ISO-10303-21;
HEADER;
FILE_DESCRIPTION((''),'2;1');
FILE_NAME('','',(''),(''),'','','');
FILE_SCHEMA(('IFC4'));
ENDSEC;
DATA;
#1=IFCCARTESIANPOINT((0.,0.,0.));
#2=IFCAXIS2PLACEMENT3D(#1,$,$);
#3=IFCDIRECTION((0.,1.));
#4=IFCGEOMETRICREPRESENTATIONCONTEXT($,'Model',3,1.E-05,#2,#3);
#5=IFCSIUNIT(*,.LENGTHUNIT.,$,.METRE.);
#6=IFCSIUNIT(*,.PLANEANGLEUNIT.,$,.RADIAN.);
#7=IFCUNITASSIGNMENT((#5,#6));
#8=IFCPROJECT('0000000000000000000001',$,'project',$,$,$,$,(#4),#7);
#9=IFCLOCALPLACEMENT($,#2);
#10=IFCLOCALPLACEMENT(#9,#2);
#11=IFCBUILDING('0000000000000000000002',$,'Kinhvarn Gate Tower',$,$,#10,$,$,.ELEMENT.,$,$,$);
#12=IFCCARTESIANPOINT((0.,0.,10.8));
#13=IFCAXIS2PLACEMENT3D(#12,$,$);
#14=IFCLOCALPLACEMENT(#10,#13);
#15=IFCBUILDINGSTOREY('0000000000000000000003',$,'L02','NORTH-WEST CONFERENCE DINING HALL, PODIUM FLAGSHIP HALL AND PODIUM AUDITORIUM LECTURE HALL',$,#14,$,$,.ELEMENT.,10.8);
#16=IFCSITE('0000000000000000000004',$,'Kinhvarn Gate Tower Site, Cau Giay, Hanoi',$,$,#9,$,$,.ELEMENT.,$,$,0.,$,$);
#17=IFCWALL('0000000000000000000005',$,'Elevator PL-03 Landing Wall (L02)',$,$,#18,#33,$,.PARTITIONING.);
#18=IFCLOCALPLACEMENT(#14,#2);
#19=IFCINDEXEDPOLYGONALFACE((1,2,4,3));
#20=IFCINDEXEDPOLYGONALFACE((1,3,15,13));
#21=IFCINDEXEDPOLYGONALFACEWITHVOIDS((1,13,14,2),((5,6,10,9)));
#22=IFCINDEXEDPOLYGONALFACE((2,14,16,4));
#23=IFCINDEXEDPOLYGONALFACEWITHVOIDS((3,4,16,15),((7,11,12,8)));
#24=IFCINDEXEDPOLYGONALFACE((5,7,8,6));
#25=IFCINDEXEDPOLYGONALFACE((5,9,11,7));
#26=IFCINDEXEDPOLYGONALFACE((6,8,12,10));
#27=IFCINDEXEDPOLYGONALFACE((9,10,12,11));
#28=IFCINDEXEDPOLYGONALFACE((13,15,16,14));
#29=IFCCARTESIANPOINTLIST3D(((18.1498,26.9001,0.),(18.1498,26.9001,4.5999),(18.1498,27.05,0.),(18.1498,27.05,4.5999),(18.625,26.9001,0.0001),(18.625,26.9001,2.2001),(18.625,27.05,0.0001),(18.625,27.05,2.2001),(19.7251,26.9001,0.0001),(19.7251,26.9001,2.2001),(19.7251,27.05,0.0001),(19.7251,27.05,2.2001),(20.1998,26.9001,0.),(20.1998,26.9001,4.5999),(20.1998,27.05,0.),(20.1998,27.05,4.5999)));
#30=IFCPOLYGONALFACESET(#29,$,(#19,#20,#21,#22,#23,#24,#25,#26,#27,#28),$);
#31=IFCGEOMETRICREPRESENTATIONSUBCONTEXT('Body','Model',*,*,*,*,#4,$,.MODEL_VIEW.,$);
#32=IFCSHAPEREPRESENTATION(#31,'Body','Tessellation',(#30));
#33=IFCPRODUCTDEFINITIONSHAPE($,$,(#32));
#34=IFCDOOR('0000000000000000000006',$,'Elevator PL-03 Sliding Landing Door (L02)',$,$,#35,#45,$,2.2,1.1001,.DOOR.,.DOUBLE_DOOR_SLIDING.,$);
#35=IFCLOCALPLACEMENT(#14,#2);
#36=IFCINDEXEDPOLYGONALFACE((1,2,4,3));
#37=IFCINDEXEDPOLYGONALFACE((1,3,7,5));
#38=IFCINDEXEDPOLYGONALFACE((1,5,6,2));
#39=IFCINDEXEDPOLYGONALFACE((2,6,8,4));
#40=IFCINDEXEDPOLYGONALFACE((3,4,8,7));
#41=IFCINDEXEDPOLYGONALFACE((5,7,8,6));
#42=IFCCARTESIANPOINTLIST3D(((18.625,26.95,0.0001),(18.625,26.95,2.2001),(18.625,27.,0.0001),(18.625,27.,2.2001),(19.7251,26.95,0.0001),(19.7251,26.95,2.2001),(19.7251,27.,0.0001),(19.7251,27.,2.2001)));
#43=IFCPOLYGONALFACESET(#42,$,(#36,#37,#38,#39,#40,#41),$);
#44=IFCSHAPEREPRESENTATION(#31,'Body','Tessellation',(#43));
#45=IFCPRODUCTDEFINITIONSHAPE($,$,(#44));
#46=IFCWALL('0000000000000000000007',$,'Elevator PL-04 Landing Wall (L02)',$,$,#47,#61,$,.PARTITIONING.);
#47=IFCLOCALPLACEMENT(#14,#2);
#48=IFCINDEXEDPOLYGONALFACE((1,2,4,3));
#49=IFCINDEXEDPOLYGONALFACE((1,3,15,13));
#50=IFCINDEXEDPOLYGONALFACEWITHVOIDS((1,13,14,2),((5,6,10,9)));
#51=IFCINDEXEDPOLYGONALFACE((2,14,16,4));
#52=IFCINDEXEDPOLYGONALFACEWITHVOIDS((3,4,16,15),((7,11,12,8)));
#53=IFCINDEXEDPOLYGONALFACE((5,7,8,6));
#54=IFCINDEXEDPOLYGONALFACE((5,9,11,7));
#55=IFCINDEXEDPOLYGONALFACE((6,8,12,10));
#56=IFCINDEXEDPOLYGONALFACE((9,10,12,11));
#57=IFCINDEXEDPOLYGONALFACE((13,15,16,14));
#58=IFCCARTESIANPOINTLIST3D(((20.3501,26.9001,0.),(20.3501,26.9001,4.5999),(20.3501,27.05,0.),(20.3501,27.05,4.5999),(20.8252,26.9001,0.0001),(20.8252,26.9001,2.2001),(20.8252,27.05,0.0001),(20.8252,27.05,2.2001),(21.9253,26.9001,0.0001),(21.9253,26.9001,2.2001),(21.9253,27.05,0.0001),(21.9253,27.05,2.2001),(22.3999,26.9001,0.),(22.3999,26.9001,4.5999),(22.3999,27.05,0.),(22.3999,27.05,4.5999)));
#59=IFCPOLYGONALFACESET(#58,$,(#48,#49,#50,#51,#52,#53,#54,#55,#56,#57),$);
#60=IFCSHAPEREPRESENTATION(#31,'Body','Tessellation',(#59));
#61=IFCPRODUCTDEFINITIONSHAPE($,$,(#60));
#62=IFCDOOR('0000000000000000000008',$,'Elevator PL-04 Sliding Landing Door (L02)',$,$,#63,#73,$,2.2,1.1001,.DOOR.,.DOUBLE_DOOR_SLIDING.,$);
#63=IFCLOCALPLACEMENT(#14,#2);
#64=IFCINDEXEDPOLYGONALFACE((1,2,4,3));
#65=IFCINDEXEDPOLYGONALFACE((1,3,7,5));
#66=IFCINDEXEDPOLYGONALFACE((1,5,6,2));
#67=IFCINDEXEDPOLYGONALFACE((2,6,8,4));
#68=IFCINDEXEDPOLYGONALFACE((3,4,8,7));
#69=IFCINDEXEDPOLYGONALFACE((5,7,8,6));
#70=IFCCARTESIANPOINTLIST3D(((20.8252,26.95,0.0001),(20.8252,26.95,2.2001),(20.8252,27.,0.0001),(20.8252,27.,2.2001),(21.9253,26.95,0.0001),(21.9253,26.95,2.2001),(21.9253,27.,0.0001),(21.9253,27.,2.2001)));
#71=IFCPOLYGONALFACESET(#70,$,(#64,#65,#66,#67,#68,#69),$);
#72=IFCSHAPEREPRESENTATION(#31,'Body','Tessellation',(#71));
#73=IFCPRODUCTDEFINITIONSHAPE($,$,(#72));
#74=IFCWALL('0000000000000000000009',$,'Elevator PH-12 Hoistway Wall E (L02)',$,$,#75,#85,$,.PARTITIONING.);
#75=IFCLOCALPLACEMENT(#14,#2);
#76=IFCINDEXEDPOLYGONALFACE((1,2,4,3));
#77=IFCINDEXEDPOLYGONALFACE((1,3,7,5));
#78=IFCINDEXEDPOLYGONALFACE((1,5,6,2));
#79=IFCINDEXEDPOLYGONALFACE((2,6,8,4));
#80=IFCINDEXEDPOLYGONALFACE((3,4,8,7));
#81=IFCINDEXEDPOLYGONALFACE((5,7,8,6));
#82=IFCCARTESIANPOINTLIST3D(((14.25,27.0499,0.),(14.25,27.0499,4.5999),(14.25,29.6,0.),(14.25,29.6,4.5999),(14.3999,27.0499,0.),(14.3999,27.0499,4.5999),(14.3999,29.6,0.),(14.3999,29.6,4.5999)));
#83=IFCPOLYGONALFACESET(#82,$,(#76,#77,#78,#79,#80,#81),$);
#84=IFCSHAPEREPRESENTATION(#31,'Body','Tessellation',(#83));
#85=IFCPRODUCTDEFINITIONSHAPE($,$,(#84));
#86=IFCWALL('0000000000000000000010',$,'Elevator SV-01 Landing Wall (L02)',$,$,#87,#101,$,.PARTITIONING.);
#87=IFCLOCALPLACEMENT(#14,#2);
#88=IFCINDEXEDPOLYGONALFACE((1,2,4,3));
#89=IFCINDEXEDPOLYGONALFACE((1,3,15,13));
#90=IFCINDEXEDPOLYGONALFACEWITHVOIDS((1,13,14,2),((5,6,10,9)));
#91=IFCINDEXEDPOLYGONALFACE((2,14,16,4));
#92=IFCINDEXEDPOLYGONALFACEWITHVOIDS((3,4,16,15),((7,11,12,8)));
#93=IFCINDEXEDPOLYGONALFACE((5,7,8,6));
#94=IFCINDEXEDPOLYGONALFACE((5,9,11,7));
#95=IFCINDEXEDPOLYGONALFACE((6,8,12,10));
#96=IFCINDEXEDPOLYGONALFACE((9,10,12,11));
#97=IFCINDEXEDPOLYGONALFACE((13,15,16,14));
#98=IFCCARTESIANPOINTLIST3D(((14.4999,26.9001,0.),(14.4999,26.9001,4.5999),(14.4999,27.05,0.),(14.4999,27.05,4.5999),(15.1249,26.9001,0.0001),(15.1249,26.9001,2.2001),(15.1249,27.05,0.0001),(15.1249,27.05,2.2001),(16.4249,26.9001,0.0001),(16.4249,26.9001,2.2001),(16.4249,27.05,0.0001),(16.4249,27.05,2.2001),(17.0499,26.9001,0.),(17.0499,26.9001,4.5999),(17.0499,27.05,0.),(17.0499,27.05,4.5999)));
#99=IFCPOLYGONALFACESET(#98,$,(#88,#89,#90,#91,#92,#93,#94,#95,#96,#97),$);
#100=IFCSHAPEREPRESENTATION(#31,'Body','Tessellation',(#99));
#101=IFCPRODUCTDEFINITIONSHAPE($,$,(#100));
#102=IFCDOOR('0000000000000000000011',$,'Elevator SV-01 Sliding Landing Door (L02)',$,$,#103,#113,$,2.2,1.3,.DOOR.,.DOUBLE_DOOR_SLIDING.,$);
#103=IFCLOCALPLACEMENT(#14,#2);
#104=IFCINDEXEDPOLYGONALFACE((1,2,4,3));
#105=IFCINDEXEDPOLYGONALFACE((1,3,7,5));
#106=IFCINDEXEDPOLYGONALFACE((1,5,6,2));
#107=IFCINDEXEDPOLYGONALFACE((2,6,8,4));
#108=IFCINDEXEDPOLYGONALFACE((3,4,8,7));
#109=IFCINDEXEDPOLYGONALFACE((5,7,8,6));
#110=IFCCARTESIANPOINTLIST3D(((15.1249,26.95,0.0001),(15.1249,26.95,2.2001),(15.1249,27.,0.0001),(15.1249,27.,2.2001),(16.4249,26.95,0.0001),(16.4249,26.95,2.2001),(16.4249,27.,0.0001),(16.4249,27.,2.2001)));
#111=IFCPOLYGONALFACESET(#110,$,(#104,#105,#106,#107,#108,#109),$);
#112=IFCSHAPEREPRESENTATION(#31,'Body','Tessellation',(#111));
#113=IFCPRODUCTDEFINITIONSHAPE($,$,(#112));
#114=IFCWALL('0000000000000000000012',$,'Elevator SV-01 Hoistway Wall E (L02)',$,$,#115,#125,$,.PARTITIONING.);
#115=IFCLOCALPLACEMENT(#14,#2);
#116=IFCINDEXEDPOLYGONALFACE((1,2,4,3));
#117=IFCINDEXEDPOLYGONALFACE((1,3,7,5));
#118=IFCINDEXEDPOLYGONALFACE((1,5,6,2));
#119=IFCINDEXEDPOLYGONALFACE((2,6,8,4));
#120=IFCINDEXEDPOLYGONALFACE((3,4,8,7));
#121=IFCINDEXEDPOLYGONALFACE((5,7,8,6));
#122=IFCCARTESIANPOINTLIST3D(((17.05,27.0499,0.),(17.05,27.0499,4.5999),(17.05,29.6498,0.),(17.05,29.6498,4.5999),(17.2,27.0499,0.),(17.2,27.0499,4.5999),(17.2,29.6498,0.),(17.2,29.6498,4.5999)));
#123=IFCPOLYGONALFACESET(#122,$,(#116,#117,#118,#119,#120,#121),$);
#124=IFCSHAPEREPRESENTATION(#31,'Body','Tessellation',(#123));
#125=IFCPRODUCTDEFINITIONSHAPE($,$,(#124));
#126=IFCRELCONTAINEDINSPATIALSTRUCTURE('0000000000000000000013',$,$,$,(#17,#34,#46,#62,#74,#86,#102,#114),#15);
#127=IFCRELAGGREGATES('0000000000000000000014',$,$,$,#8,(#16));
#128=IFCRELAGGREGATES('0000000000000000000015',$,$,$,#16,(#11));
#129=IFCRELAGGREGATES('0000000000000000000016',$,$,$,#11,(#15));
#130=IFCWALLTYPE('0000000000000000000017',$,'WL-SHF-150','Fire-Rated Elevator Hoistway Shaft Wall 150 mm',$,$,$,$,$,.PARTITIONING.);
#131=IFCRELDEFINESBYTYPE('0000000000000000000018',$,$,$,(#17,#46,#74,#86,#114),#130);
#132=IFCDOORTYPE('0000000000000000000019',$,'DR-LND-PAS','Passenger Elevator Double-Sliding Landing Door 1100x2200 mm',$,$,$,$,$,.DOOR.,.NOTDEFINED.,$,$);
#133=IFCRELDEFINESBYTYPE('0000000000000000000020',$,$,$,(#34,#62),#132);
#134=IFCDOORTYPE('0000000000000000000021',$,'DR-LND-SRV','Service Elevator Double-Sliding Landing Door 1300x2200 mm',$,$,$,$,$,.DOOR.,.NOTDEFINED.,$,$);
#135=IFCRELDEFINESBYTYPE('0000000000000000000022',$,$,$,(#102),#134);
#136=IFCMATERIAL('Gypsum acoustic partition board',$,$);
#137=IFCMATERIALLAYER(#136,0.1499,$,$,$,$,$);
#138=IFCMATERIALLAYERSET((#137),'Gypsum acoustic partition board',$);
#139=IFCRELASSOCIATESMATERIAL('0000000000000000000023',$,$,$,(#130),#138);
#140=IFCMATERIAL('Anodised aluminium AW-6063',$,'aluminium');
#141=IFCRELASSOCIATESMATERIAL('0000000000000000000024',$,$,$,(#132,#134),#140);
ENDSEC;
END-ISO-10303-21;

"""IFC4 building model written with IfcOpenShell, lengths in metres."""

from ifc_helpers import new_model, si_unit, direction, frame, frame_2d, origin, place, context, subcontext, project, spatial, rectangle, extrude, material, layer, layer_set, type_object, element, fill, save


model = new_model("IFC4")

# Units and contexts
model_context = context("Model", 3, precision=1e-05, world=origin(), true_north=direction((0.0, 1.0)))
body_context = subcontext(model_context, "Body", "Model", "MODEL_VIEW")
ifc_project = project(units=[si_unit("LENGTHUNIT", "METRE"), si_unit("PLANEANGLEUNIT", "RADIAN")], contexts=[model_context])

# Site, building, storey
site_placement = place(None, origin())
site = spatial("IfcSite", under=ifc_project, at=site_placement, Name="Kinhvarn Gate Tower Site, Cau Giay, Hanoi", CompositionType="ELEMENT", RefElevation=0.0)
building_placement = place(site_placement, origin())
building = spatial("IfcBuilding", under=site, at=building_placement, Name="Kinhvarn Gate Tower", CompositionType="ELEMENT")
storey_placement = place(building_placement, frame((0.0, 0.0, 10.8)))
storey = spatial("IfcBuildingStorey", under=building, at=storey_placement, Name="L02", Description="NORTH-WEST CONFERENCE DINING HALL, PODIUM FLAGSHIP HALL AND PODIUM AUDITORIUM LECTURE HALL", CompositionType="ELEMENT", Elevation=10.8)

# Shared definitions
ifc_material_1 = material(Name="Gypsum acoustic partition board")

# Shared definitions
ifc_layer_1 = layer(ifc_material_1, 0.1499)
ifc_layer_set_1 = layer_set([ifc_layer_1], Name="Gypsum acoustic partition board")
wall_type_1 = type_object("IfcWallType", Name="WL-SHF-150", Description="Fire-Rated Elevator Hoistway Shaft Wall 150 mm", PredefinedType="PARTITIONING", material=ifc_layer_set_1)
ifc_material_2 = material(Name="Anodised aluminium AW-6063", Category="aluminium")
door_type_1 = type_object("IfcDoorType", Name="DR-LND-PAS", Description="Passenger Elevator Double-Sliding Landing Door 1100x2200 mm", OperationType="NOTDEFINED", PredefinedType="DOOR", material=ifc_material_2)

# Walls, openings, doors
wall_1_placement = place(storey_placement, frame((18.1499, 26.9751, 0.0), z_axis=(0.0, 0.0, 1.0), x_axis=(1.0, 0.0, 0.0)))
wall_1 = element("IfcWall", 1, at=wall_1_placement, inside=storey, type_object=wall_type_1, Name="Elevator PL-03 Landing Wall (L02)", PredefinedType="PARTITIONING", context=body_context, shape_type="SweptSolid", body=[
    extrude(rectangle(XDim=2.05, YDim=0.1499, at=frame_2d((1.0249, 0.0))), origin(), (0.0, 0.0, 1.0), 4.5999),
])
opening_1_placement = place(wall_1_placement, frame((0.4751, 0.0, 0.0)))
opening_1 = element("IfcOpeningElement", 2, at=opening_1_placement, cuts=wall_1, PredefinedType="OPENING", context=body_context, shape_type="SweptSolid", body=[
    extrude(rectangle(XDim=1.1001, YDim=2.2, at=frame_2d((0.55, 1.1001))), frame((0.0, 0.085, 0.0), z_axis=(0.0, -1.0, 0.0), x_axis=(1.0, 0.0, 0.0)), (0.0, 0.0, 1.0), 0.1699),
])
door_1_placement = place(opening_1_placement, origin())
door_1 = element("IfcDoor", 3, at=door_1_placement, inside=storey, type_object=door_type_1, Name="Elevator PL-03 Sliding Landing Door (L02)", OperationType="DOUBLE_DOOR_SLIDING", OverallHeight=2.2, OverallWidth=1.1001, PredefinedType="DOOR", context=body_context, shape_type="SweptSolid", body=[
    extrude(rectangle(XDim=1.1001, YDim=2.2, at=frame_2d((0.55, 1.1001))), frame((0.0, 0.0249, 0.0), z_axis=(0.0, -1.0, 0.0), x_axis=(1.0, 0.0, 0.0)), (0.0, 0.0, 1.0), 0.05),
])
fill(opening_1, door_1)
wall_2_placement = place(storey_placement, frame((20.3501, 26.9751, 0.0), z_axis=(0.0, 0.0, 1.0), x_axis=(1.0, 0.0, 0.0)))
wall_2 = element("IfcWall", 4, at=wall_2_placement, inside=storey, type_object=wall_type_1, Name="Elevator PL-04 Landing Wall (L02)", PredefinedType="PARTITIONING", context=body_context, shape_type="SweptSolid", body=[
    extrude(rectangle(XDim=2.0498, YDim=0.1499, at=frame_2d((1.0249, 0.0))), origin(), (0.0, 0.0, 1.0), 4.5999),
])
opening_2_placement = place(wall_2_placement, frame((0.4751, 0.0, 0.0)))
opening_2 = element("IfcOpeningElement", 5, at=opening_2_placement, cuts=wall_2, PredefinedType="OPENING", context=body_context, shape_type="SweptSolid", body=[
    extrude(rectangle(XDim=1.1001, YDim=2.2, at=frame_2d((0.55, 1.1001))), frame((0.0, 0.085, 0.0), z_axis=(0.0, -1.0, 0.0), x_axis=(1.0, 0.0, 0.0)), (0.0, 0.0, 1.0), 0.1699),
])
door_2_placement = place(opening_2_placement, origin())
door_2 = element("IfcDoor", 6, at=door_2_placement, inside=storey, type_object=door_type_1, Name="Elevator PL-04 Sliding Landing Door (L02)", OperationType="DOUBLE_DOOR_SLIDING", OverallHeight=2.2, OverallWidth=1.1001, PredefinedType="DOOR", context=body_context, shape_type="SweptSolid", body=[
    extrude(rectangle(XDim=1.1001, YDim=2.2, at=frame_2d((0.55, 1.1001))), frame((0.0, 0.0249, 0.0), z_axis=(0.0, -1.0, 0.0), x_axis=(1.0, 0.0, 0.0)), (0.0, 0.0, 1.0), 0.05),
])
fill(opening_2, door_2)

# Wall
wall_3_placement = place(storey_placement, frame((14.325, 27.05, 0.0), z_axis=(0.0, 0.0, 1.0), x_axis=(0.0, 1.0, 0.0)))
element("IfcWall", 7, at=wall_3_placement, inside=storey, type_object=wall_type_1, Name="Elevator PH-12 Hoistway Wall E (L02)", PredefinedType="PARTITIONING", context=body_context, shape_type="SweptSolid", body=[
    extrude(rectangle(XDim=2.55, YDim=0.1499, at=frame_2d((1.2749, 0.0))), origin(), (0.0, 0.0, 1.0), 4.5999),
])

# Wall, opening, door
wall_4_placement = place(storey_placement, frame((14.5, 26.9751, 0.0), z_axis=(0.0, 0.0, 1.0), x_axis=(1.0, 0.0, 0.0)))
wall_4 = element("IfcWall", 8, at=wall_4_placement, inside=storey, type_object=wall_type_1, Name="Elevator SV-01 Landing Wall (L02)", PredefinedType="PARTITIONING", context=body_context, shape_type="SweptSolid", body=[
    extrude(rectangle(XDim=2.55, YDim=0.1499, at=frame_2d((1.2749, 0.0))), origin(), (0.0, 0.0, 1.0), 4.5999),
])
opening_3_placement = place(wall_4_placement, frame((0.625, 0.0, 0.0)))
opening_3 = element("IfcOpeningElement", 9, at=opening_3_placement, cuts=wall_4, PredefinedType="OPENING", context=body_context, shape_type="SweptSolid", body=[
    extrude(rectangle(XDim=1.3, YDim=2.2, at=frame_2d((0.6499, 1.1001))), frame((0.0, 0.085, 0.0), z_axis=(0.0, -1.0, 0.0), x_axis=(1.0, 0.0, 0.0)), (0.0, 0.0, 1.0), 0.1699),
])
door_type_2 = type_object("IfcDoorType", Name="DR-LND-SRV", Description="Service Elevator Double-Sliding Landing Door 1300x2200 mm", OperationType="NOTDEFINED", PredefinedType="DOOR", material=ifc_material_2)
door_3_placement = place(opening_3_placement, origin())
door_3 = element("IfcDoor", 10, at=door_3_placement, inside=storey, type_object=door_type_2, Name="Elevator SV-01 Sliding Landing Door (L02)", OperationType="DOUBLE_DOOR_SLIDING", OverallHeight=2.2, OverallWidth=1.3, PredefinedType="DOOR", context=body_context, shape_type="SweptSolid", body=[
    extrude(rectangle(XDim=1.3, YDim=2.2, at=frame_2d((0.6499, 1.1001))), frame((0.0, 0.0249, 0.0), z_axis=(0.0, -1.0, 0.0), x_axis=(1.0, 0.0, 0.0)), (0.0, 0.0, 1.0), 0.05),
])
fill(opening_3, door_3)

# Wall
wall_5_placement = place(storey_placement, frame((17.125, 27.05, 0.0), z_axis=(0.0, 0.0, 1.0), x_axis=(0.0, 1.0, 0.0)))
element("IfcWall", 11, at=wall_5_placement, inside=storey, type_object=wall_type_1, Name="Elevator SV-01 Hoistway Wall E (L02)", PredefinedType="PARTITIONING", context=body_context, shape_type="SweptSolid", body=[
    extrude(rectangle(XDim=2.5999, YDim=0.1499, at=frame_2d((1.2998, 0.0))), origin(), (0.0, 0.0, 1.0), 4.5999),
])

save(model, "model.ifc")
